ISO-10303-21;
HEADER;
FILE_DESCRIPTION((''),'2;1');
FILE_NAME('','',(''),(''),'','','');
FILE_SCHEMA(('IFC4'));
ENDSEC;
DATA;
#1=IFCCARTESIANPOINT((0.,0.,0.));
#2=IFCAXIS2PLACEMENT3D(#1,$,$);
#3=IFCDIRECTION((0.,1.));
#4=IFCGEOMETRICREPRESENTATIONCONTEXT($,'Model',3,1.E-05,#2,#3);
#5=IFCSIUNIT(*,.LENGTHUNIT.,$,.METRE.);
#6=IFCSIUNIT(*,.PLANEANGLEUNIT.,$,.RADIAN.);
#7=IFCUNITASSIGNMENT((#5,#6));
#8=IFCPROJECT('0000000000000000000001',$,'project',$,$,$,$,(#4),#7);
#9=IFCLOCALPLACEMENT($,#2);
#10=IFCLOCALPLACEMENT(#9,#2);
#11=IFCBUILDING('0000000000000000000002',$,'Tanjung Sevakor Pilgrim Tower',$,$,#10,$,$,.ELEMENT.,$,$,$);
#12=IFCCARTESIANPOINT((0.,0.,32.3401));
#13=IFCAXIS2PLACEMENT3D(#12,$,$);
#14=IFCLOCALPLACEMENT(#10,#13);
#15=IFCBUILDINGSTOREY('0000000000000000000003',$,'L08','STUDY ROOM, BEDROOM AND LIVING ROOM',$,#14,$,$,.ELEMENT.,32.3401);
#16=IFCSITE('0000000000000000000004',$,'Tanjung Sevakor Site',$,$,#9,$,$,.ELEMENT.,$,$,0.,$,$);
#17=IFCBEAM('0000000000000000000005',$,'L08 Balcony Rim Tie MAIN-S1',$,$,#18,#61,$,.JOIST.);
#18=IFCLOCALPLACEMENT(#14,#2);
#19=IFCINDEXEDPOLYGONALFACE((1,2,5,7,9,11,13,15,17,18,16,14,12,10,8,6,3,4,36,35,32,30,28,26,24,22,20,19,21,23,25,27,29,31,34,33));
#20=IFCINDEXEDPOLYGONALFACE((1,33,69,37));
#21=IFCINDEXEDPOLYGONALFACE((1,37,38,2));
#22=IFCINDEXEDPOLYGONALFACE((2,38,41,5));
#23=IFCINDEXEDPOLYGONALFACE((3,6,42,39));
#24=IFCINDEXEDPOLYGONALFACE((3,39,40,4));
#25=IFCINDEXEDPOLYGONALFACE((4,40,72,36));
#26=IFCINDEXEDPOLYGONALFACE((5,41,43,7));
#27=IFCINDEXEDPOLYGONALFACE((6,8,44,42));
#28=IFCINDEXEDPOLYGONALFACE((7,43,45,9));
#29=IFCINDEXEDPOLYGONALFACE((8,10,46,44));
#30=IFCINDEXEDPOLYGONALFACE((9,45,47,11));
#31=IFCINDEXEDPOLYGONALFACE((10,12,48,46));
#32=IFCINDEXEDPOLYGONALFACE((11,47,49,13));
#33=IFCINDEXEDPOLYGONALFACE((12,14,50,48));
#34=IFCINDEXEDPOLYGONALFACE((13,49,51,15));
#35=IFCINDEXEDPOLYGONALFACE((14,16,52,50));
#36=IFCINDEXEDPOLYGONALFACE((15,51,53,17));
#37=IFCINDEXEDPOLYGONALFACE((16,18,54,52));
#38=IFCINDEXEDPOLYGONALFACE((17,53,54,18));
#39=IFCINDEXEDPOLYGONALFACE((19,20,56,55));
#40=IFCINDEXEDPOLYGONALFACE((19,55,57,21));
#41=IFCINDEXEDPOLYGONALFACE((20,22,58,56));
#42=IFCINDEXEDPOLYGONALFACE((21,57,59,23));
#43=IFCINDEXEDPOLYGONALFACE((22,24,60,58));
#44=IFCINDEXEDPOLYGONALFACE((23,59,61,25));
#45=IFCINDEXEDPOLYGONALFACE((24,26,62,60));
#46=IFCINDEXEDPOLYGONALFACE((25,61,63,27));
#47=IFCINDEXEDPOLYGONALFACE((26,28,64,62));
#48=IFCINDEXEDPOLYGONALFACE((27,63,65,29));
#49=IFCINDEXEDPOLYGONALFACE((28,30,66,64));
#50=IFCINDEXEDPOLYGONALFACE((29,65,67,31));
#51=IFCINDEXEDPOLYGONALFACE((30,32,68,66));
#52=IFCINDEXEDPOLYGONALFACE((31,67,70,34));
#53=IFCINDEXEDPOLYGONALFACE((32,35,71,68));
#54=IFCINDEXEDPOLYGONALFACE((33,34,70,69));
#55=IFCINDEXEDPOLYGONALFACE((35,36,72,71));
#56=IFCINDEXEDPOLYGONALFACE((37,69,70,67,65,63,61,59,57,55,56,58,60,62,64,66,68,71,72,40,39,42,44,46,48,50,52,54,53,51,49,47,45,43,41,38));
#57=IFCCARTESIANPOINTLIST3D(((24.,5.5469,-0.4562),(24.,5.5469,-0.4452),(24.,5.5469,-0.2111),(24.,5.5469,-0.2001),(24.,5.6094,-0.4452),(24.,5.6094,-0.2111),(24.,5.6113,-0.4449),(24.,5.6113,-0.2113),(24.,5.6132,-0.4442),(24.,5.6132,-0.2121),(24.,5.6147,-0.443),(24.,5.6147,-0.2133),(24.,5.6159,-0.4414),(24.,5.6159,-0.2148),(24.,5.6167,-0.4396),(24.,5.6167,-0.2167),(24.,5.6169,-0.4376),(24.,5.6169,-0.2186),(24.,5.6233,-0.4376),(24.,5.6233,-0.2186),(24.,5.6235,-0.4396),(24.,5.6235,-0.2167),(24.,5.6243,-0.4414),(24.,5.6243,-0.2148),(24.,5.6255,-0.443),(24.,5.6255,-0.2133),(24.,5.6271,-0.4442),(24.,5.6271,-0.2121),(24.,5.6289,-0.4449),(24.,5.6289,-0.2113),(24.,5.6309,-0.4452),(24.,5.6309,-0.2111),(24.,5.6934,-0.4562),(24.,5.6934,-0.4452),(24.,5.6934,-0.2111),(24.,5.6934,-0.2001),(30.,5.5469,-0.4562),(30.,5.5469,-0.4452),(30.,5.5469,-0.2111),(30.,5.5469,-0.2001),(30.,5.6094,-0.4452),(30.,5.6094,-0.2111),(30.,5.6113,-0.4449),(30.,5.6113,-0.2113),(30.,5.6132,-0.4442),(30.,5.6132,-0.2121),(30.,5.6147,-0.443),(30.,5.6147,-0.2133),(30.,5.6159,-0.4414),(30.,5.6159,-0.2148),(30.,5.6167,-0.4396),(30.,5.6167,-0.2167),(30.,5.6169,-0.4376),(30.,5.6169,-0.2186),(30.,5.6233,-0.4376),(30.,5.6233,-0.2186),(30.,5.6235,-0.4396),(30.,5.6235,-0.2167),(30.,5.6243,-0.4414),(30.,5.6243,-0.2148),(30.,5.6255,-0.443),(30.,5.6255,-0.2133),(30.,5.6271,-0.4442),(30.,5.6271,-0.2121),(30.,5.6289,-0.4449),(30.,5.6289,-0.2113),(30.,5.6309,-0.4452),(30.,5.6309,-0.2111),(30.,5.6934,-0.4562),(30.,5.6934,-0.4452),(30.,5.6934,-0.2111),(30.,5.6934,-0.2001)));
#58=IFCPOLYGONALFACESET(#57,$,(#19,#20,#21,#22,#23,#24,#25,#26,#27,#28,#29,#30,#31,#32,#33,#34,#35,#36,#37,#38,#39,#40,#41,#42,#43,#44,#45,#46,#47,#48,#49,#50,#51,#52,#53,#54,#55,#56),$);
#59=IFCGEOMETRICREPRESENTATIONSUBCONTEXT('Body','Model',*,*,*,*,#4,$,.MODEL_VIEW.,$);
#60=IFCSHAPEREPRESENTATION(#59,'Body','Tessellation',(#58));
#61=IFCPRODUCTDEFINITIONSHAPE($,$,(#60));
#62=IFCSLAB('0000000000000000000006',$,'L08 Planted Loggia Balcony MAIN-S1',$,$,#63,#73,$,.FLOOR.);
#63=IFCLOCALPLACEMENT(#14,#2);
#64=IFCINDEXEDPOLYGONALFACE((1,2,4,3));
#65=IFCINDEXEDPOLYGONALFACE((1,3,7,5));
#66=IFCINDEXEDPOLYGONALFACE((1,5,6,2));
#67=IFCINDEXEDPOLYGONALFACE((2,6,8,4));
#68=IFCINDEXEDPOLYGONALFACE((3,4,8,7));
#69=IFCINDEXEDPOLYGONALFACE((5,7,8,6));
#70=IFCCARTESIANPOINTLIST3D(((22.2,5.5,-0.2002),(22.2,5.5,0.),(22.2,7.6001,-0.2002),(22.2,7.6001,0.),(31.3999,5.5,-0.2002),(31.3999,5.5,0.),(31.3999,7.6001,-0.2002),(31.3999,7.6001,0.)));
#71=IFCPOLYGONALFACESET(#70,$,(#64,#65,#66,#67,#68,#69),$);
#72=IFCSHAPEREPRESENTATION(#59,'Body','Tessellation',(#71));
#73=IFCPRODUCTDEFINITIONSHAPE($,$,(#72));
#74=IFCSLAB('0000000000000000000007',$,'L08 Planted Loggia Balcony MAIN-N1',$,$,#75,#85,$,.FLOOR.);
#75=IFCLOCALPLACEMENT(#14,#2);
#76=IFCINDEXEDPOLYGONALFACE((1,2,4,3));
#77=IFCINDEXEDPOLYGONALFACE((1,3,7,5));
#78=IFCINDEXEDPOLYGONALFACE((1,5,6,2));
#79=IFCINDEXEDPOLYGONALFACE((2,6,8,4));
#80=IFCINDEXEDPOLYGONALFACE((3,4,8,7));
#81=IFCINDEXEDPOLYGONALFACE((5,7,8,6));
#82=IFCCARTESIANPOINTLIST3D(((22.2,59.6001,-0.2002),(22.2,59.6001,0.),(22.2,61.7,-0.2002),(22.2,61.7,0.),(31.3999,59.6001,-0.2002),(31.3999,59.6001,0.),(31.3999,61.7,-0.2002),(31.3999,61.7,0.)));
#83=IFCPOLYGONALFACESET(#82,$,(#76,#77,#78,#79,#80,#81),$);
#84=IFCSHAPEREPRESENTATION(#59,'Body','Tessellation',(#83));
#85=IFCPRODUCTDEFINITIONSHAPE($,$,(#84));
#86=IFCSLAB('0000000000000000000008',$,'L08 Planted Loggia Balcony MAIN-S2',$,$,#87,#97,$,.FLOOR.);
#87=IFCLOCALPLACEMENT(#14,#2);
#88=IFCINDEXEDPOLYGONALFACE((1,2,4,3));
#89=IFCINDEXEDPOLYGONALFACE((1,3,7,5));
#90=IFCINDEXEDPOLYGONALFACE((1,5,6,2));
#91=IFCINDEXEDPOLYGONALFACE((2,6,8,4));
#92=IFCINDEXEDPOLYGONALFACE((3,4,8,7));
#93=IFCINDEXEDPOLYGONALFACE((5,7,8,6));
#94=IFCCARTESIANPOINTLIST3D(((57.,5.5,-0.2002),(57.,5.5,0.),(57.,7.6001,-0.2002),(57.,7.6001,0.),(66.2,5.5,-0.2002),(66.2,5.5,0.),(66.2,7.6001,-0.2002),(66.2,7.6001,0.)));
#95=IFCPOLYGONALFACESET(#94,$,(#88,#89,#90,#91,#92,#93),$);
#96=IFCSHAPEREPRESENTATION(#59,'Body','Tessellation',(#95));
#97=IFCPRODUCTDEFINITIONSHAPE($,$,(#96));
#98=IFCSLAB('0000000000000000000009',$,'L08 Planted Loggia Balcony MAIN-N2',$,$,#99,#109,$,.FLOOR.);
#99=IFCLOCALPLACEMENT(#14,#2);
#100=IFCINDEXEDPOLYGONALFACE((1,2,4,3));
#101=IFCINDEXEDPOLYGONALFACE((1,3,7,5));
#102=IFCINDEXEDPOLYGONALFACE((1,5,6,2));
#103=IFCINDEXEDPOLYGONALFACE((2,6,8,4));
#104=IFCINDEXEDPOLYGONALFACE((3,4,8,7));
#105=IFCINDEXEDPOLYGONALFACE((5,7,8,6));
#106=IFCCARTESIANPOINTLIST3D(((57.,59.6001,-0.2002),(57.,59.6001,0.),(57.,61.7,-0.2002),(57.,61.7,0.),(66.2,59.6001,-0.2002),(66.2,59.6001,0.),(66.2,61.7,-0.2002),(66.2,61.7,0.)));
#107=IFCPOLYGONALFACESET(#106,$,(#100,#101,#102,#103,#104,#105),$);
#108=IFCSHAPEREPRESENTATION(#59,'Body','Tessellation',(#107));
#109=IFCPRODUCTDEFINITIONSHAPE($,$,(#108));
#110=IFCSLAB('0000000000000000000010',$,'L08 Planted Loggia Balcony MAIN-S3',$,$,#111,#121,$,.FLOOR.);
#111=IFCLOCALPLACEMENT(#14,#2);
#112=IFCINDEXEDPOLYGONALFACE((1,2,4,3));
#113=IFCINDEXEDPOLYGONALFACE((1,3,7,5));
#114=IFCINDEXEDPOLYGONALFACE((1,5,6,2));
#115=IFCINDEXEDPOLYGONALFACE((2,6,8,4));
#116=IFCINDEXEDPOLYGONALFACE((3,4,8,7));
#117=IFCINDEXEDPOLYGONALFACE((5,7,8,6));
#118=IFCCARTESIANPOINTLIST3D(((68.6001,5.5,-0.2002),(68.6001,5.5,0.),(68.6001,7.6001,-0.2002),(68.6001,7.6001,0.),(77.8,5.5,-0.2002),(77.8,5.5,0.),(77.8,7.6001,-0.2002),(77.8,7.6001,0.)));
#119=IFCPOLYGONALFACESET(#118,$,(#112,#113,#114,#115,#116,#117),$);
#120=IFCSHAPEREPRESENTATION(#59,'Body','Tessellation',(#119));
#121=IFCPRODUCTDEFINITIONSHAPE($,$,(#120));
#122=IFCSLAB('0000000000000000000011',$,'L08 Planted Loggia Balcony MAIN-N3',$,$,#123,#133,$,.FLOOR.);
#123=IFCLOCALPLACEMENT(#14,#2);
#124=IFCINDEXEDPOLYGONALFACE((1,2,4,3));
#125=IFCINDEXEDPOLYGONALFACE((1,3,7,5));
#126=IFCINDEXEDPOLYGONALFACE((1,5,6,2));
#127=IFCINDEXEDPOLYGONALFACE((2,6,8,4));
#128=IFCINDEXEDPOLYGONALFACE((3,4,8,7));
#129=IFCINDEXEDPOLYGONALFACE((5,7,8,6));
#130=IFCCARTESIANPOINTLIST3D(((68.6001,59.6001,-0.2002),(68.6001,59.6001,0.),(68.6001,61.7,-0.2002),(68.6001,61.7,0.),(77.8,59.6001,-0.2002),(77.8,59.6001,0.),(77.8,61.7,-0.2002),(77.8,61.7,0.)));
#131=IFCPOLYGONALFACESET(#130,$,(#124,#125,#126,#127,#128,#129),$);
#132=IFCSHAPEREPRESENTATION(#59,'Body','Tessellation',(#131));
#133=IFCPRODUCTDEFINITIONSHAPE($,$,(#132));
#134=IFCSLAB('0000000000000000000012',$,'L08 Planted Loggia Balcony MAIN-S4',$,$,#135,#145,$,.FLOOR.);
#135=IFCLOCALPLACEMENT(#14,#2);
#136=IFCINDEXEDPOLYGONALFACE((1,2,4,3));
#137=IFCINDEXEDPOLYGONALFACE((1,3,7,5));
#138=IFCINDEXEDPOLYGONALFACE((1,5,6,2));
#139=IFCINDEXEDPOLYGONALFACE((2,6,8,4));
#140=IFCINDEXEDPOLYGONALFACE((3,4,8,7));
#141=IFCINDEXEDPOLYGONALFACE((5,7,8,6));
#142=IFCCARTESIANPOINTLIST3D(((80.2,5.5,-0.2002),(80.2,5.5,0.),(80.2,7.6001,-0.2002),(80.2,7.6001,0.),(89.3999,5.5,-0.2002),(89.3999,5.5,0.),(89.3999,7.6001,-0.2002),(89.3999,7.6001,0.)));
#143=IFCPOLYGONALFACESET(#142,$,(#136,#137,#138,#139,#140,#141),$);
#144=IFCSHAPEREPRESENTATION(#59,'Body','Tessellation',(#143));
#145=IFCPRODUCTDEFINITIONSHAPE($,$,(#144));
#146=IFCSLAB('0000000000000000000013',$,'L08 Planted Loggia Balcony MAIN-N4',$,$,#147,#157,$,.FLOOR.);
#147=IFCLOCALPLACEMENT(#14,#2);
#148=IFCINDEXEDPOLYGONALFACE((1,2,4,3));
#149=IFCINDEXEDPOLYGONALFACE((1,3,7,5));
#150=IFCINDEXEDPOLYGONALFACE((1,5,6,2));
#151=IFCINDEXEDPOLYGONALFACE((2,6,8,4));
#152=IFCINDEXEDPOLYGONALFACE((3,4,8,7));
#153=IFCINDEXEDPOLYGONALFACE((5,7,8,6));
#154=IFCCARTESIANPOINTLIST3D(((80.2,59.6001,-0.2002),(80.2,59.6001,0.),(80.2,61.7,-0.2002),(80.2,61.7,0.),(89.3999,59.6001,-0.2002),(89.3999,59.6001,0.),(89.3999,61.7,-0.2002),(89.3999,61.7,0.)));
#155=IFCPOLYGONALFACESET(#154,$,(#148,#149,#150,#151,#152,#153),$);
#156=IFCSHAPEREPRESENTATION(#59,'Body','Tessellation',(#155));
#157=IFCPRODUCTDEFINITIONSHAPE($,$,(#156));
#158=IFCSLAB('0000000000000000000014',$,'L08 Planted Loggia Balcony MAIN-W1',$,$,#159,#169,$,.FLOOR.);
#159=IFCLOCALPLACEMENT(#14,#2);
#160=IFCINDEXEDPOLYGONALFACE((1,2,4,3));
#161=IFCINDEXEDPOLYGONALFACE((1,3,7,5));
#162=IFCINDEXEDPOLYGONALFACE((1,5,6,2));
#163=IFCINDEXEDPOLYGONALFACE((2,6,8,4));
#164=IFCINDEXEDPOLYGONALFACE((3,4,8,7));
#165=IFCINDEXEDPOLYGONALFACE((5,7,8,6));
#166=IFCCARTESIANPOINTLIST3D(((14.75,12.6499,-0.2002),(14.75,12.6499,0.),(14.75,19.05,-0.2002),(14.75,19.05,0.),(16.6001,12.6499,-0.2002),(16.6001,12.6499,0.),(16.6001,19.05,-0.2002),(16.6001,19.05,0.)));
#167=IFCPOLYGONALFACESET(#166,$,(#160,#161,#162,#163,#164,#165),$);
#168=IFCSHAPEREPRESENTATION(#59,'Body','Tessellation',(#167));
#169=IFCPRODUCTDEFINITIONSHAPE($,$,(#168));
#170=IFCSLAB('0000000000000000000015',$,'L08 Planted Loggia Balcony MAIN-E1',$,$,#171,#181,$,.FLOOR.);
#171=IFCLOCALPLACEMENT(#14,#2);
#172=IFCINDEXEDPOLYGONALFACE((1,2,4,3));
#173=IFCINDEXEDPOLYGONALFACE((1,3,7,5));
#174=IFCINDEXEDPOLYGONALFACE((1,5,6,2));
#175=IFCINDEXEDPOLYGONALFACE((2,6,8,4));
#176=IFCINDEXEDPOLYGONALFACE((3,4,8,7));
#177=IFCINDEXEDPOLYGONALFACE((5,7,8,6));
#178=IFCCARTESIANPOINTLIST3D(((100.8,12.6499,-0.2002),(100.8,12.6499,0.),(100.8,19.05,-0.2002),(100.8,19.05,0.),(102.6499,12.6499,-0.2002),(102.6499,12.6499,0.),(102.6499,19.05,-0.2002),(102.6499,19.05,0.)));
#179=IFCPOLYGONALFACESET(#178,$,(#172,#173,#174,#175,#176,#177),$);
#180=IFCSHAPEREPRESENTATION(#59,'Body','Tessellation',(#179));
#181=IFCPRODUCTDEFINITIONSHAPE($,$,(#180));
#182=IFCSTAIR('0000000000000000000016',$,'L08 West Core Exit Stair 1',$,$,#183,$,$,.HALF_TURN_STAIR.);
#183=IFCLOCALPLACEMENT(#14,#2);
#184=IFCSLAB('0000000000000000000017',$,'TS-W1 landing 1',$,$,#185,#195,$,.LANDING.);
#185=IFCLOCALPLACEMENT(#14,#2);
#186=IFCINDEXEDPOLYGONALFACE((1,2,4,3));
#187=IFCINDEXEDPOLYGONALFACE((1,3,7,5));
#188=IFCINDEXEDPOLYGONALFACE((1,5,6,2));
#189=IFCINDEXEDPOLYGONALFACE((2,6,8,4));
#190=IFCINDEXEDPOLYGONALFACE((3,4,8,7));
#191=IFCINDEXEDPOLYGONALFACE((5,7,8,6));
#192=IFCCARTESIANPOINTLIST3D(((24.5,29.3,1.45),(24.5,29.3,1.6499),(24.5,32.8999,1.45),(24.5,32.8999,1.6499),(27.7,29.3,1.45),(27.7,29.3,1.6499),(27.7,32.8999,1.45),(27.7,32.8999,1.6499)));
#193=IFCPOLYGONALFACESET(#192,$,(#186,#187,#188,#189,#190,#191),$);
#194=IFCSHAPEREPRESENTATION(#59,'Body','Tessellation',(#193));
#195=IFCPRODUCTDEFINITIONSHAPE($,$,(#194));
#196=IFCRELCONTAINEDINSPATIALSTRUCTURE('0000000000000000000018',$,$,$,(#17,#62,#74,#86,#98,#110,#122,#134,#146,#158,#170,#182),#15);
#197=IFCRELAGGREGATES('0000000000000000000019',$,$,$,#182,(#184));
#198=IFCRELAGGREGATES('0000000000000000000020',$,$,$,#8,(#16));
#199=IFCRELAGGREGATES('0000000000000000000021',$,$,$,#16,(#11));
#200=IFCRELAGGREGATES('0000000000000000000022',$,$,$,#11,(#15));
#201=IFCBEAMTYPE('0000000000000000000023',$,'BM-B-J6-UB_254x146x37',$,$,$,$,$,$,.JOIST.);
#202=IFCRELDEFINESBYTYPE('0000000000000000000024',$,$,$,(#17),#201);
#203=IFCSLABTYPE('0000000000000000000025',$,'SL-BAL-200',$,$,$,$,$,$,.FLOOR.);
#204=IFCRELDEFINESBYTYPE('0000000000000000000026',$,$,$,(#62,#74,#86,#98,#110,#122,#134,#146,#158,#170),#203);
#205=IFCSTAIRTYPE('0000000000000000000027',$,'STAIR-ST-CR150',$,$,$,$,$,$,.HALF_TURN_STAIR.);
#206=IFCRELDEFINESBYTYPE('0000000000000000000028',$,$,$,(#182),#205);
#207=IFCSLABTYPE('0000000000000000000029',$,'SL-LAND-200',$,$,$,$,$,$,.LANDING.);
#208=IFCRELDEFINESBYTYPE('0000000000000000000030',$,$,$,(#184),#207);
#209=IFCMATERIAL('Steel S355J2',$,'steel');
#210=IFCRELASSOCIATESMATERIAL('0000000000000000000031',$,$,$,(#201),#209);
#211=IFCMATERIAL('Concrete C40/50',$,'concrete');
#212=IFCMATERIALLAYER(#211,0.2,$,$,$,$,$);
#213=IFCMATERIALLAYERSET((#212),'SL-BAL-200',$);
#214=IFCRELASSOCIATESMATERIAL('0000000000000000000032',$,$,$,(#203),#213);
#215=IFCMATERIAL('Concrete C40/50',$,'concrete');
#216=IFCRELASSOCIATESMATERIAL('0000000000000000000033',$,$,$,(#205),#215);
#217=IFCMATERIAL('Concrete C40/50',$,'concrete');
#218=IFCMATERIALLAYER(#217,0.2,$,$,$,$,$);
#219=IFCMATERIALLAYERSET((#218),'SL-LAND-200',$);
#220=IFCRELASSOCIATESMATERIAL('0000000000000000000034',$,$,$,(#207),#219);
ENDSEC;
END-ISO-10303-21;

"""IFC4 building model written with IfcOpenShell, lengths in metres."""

from ifc_helpers import new_model, si_unit, direction, frame, origin, origin_2d, place, context, subcontext, project, spatial, polyline, i_section, outline, extrude, material, layer, layer_set, material_profile, profile_set, type_object, element, aggregate, save


model = new_model("IFC4")

# Units and contexts
model_context = context("Model", 3, precision=1e-05, world=origin(), true_north=direction((0.0, 1.0)))
body_context = subcontext(model_context, "Body", "Model", "MODEL_VIEW")
ifc_project = project(units=[si_unit("LENGTHUNIT", "METRE"), si_unit("PLANEANGLEUNIT", "RADIAN")], contexts=[model_context])

# Site, building, storey
site_placement = place(None, origin())
site = spatial("IfcSite", under=ifc_project, at=site_placement, Name="Tanjung Sevakor Site", CompositionType="ELEMENT", RefElevation=0.0)
building_placement = place(site_placement, origin())
building = spatial("IfcBuilding", under=site, at=building_placement, Name="Tanjung Sevakor Pilgrim Tower", CompositionType="ELEMENT")
storey_placement = place(building_placement, frame((0.0, 0.0, 32.3401)))
storey = spatial("IfcBuildingStorey", under=building, at=storey_placement, Name="L08", Description="STUDY ROOM, BEDROOM AND LIVING ROOM", CompositionType="ELEMENT", Elevation=32.3401)

# Beam
ifc_material_1 = material(Name="Steel S355J2", Category="steel")
ifc_material_profile = material_profile(ifc_material_1, i_section(OverallWidth=0.1465, OverallDepth=0.2561, WebThickness=0.0063, FlangeThickness=0.011, FilletRadius=0.0076, at=origin_2d()))
ifc_profile_set = profile_set([ifc_material_profile], Name="Steel S355J2")
beam_type = type_object("IfcBeamType", Name="BM-B-J6-UB_254x146x37", PredefinedType="JOIST", material=ifc_profile_set)
beam_placement = place(storey_placement, frame((24.0, 5.6201, -0.3281), z_axis=(1.0, 0.0, 0.0), x_axis=(0.0, 1.0, 0.0)))
element("IfcBeam", 1, at=beam_placement, inside=storey, type_object=beam_type, Name="L08 Balcony Rim Tie MAIN-S1", PredefinedType="JOIST", context=body_context, shape_type="SweptSolid", body=[
    extrude(i_section(OverallWidth=0.1465, OverallDepth=0.2561, WebThickness=0.0063, FlangeThickness=0.011, FilletRadius=0.0076, at=origin_2d()), origin(), (0.0, 0.0, 1.0), 6.0),
])

# Slabs
ifc_material_2 = material(Name="Concrete C40/50", Category="concrete")
ifc_layer_1 = layer(ifc_material_2, 0.2)
ifc_layer_set_1 = layer_set([ifc_layer_1], Name="SL-BAL-200")
slab_type_1 = type_object("IfcSlabType", Name="SL-BAL-200", PredefinedType="FLOOR", material=ifc_layer_set_1)
slab_1_placement = place(storey_placement, frame((0.0, 0.0, -0.2002)))
element("IfcSlab", 2, at=slab_1_placement, inside=storey, type_object=slab_type_1, Name="L08 Planted Loggia Balcony MAIN-S1", PredefinedType="FLOOR", context=body_context, shape_type="SweptSolid", body=[
    extrude(outline(polyline([(22.2, 5.5), (31.3999, 5.5), (31.3999, 7.6001), (22.2, 7.6001), (22.2, 5.5)])), origin(), (0.0, 0.0, 1.0), 0.2002),
])
slab_2_placement = place(storey_placement, frame((0.0, 0.0, -0.2002)))
element("IfcSlab", 3, at=slab_2_placement, inside=storey, type_object=slab_type_1, Name="L08 Planted Loggia Balcony MAIN-N1", PredefinedType="FLOOR", context=body_context, shape_type="SweptSolid", body=[
    extrude(outline(polyline([(22.2, 59.6001), (31.3999, 59.6001), (31.3999, 61.7), (22.2, 61.7), (22.2, 59.6001)])), origin(), (0.0, 0.0, 1.0), 0.2002),
])
slab_3_placement = place(storey_placement, frame((0.0, 0.0, -0.2002)))
element("IfcSlab", 4, at=slab_3_placement, inside=storey, type_object=slab_type_1, Name="L08 Planted Loggia Balcony MAIN-S2", PredefinedType="FLOOR", context=body_context, shape_type="SweptSolid", body=[
    extrude(outline(polyline([(57.0, 5.5), (66.2, 5.5), (66.2, 7.6001), (57.0, 7.6001), (57.0, 5.5)])), origin(), (0.0, 0.0, 1.0), 0.2002),
])
slab_4_placement = place(storey_placement, frame((0.0, 0.0, -0.2002)))
element("IfcSlab", 5, at=slab_4_placement, inside=storey, type_object=slab_type_1, Name="L08 Planted Loggia Balcony MAIN-N2", PredefinedType="FLOOR", context=body_context, shape_type="SweptSolid", body=[
    extrude(outline(polyline([(57.0, 59.6001), (66.2, 59.6001), (66.2, 61.7), (57.0, 61.7), (57.0, 59.6001)])), origin(), (0.0, 0.0, 1.0), 0.2002),
])
slab_5_placement = place(storey_placement, frame((0.0, 0.0, -0.2002)))
element("IfcSlab", 6, at=slab_5_placement, inside=storey, type_object=slab_type_1, Name="L08 Planted Loggia Balcony MAIN-S3", PredefinedType="FLOOR", context=body_context, shape_type="SweptSolid", body=[
    extrude(outline(polyline([(68.6001, 5.5), (77.8, 5.5), (77.8, 7.6001), (68.6001, 7.6001), (68.6001, 5.5)])), origin(), (0.0, 0.0, 1.0), 0.2002),
])
slab_6_placement = place(storey_placement, frame((0.0, 0.0, -0.2002)))
element("IfcSlab", 7, at=slab_6_placement, inside=storey, type_object=slab_type_1, Name="L08 Planted Loggia Balcony MAIN-N3", PredefinedType="FLOOR", context=body_context, shape_type="SweptSolid", body=[
    extrude(outline(polyline([(68.6001, 59.6001), (77.8, 59.6001), (77.8, 61.7), (68.6001, 61.7), (68.6001, 59.6001)])), origin(), (0.0, 0.0, 1.0), 0.2002),
])
slab_7_placement = place(storey_placement, frame((0.0, 0.0, -0.2002)))
element("IfcSlab", 8, at=slab_7_placement, inside=storey, type_object=slab_type_1, Name="L08 Planted Loggia Balcony MAIN-S4", PredefinedType="FLOOR", context=body_context, shape_type="SweptSolid", body=[
    extrude(outline(polyline([(80.2, 5.5), (89.3999, 5.5), (89.3999, 7.6001), (80.2, 7.6001), (80.2, 5.5)])), origin(), (0.0, 0.0, 1.0), 0.2002),
])
slab_8_placement = place(storey_placement, frame((0.0, 0.0, -0.2002)))
element("IfcSlab", 9, at=slab_8_placement, inside=storey, type_object=slab_type_1, Name="L08 Planted Loggia Balcony MAIN-N4", PredefinedType="FLOOR", context=body_context, shape_type="SweptSolid", body=[
    extrude(outline(polyline([(80.2, 59.6001), (89.3999, 59.6001), (89.3999, 61.7), (80.2, 61.7), (80.2, 59.6001)])), origin(), (0.0, 0.0, 1.0), 0.2002),
])
slab_9_placement = place(storey_placement, frame((0.0, 0.0, -0.2002)))
element("IfcSlab", 10, at=slab_9_placement, inside=storey, type_object=slab_type_1, Name="L08 Planted Loggia Balcony MAIN-W1", PredefinedType="FLOOR", context=body_context, shape_type="SweptSolid", body=[
    extrude(outline(polyline([(14.75, 12.6499), (16.6001, 12.6499), (16.6001, 19.05), (14.75, 19.05), (14.75, 12.6499)])), origin(), (0.0, 0.0, 1.0), 0.2002),
])
slab_10_placement = place(storey_placement, frame((0.0, 0.0, -0.2002)))
element("IfcSlab", 11, at=slab_10_placement, inside=storey, type_object=slab_type_1, Name="L08 Planted Loggia Balcony MAIN-E1", PredefinedType="FLOOR", context=body_context, shape_type="SweptSolid", body=[
    extrude(outline(polyline([(100.8, 12.6499), (102.6499, 12.6499), (102.6499, 19.05), (100.8, 19.05), (100.8, 12.6499)])), origin(), (0.0, 0.0, 1.0), 0.2002),
])

# Stair, slab
ifc_material_3 = material(Name="Concrete C40/50", Category="concrete")
stair_type = type_object("IfcStairType", Name="STAIR-ST-CR150", PredefinedType="HALF_TURN_STAIR", material=ifc_material_3)
stair_1_placement = place(storey_placement, origin())
stair_1 = element("IfcStair", 12, at=stair_1_placement, inside=storey, type_object=stair_type, Name="L08 West Core Exit Stair 1", PredefinedType="HALF_TURN_STAIR")
ifc_material_4 = material(Name="Concrete C40/50", Category="concrete")
ifc_layer_2 = layer(ifc_material_4, 0.2)
ifc_layer_set_2 = layer_set([ifc_layer_2], Name="SL-LAND-200")
slab_type_2 = type_object("IfcSlabType", Name="SL-LAND-200", PredefinedType="LANDING", material=ifc_layer_set_2)
slab_11_placement = place(storey_placement, frame((0.0, 0.0, 1.45)))
slab_11 = element("IfcSlab", 13, at=slab_11_placement, type_object=slab_type_2, Name="TS-W1 landing 1", PredefinedType="LANDING", context=body_context, shape_type="SweptSolid", body=[
    extrude(outline(polyline([(27.7, 29.3), (27.7, 32.8999), (24.5, 32.8999), (24.5, 29.3), (27.7, 29.3)])), origin(), (0.0, 0.0, 1.0), 0.2),
])
aggregate(stair_1, [slab_11])

save(model, "model.ifc")
